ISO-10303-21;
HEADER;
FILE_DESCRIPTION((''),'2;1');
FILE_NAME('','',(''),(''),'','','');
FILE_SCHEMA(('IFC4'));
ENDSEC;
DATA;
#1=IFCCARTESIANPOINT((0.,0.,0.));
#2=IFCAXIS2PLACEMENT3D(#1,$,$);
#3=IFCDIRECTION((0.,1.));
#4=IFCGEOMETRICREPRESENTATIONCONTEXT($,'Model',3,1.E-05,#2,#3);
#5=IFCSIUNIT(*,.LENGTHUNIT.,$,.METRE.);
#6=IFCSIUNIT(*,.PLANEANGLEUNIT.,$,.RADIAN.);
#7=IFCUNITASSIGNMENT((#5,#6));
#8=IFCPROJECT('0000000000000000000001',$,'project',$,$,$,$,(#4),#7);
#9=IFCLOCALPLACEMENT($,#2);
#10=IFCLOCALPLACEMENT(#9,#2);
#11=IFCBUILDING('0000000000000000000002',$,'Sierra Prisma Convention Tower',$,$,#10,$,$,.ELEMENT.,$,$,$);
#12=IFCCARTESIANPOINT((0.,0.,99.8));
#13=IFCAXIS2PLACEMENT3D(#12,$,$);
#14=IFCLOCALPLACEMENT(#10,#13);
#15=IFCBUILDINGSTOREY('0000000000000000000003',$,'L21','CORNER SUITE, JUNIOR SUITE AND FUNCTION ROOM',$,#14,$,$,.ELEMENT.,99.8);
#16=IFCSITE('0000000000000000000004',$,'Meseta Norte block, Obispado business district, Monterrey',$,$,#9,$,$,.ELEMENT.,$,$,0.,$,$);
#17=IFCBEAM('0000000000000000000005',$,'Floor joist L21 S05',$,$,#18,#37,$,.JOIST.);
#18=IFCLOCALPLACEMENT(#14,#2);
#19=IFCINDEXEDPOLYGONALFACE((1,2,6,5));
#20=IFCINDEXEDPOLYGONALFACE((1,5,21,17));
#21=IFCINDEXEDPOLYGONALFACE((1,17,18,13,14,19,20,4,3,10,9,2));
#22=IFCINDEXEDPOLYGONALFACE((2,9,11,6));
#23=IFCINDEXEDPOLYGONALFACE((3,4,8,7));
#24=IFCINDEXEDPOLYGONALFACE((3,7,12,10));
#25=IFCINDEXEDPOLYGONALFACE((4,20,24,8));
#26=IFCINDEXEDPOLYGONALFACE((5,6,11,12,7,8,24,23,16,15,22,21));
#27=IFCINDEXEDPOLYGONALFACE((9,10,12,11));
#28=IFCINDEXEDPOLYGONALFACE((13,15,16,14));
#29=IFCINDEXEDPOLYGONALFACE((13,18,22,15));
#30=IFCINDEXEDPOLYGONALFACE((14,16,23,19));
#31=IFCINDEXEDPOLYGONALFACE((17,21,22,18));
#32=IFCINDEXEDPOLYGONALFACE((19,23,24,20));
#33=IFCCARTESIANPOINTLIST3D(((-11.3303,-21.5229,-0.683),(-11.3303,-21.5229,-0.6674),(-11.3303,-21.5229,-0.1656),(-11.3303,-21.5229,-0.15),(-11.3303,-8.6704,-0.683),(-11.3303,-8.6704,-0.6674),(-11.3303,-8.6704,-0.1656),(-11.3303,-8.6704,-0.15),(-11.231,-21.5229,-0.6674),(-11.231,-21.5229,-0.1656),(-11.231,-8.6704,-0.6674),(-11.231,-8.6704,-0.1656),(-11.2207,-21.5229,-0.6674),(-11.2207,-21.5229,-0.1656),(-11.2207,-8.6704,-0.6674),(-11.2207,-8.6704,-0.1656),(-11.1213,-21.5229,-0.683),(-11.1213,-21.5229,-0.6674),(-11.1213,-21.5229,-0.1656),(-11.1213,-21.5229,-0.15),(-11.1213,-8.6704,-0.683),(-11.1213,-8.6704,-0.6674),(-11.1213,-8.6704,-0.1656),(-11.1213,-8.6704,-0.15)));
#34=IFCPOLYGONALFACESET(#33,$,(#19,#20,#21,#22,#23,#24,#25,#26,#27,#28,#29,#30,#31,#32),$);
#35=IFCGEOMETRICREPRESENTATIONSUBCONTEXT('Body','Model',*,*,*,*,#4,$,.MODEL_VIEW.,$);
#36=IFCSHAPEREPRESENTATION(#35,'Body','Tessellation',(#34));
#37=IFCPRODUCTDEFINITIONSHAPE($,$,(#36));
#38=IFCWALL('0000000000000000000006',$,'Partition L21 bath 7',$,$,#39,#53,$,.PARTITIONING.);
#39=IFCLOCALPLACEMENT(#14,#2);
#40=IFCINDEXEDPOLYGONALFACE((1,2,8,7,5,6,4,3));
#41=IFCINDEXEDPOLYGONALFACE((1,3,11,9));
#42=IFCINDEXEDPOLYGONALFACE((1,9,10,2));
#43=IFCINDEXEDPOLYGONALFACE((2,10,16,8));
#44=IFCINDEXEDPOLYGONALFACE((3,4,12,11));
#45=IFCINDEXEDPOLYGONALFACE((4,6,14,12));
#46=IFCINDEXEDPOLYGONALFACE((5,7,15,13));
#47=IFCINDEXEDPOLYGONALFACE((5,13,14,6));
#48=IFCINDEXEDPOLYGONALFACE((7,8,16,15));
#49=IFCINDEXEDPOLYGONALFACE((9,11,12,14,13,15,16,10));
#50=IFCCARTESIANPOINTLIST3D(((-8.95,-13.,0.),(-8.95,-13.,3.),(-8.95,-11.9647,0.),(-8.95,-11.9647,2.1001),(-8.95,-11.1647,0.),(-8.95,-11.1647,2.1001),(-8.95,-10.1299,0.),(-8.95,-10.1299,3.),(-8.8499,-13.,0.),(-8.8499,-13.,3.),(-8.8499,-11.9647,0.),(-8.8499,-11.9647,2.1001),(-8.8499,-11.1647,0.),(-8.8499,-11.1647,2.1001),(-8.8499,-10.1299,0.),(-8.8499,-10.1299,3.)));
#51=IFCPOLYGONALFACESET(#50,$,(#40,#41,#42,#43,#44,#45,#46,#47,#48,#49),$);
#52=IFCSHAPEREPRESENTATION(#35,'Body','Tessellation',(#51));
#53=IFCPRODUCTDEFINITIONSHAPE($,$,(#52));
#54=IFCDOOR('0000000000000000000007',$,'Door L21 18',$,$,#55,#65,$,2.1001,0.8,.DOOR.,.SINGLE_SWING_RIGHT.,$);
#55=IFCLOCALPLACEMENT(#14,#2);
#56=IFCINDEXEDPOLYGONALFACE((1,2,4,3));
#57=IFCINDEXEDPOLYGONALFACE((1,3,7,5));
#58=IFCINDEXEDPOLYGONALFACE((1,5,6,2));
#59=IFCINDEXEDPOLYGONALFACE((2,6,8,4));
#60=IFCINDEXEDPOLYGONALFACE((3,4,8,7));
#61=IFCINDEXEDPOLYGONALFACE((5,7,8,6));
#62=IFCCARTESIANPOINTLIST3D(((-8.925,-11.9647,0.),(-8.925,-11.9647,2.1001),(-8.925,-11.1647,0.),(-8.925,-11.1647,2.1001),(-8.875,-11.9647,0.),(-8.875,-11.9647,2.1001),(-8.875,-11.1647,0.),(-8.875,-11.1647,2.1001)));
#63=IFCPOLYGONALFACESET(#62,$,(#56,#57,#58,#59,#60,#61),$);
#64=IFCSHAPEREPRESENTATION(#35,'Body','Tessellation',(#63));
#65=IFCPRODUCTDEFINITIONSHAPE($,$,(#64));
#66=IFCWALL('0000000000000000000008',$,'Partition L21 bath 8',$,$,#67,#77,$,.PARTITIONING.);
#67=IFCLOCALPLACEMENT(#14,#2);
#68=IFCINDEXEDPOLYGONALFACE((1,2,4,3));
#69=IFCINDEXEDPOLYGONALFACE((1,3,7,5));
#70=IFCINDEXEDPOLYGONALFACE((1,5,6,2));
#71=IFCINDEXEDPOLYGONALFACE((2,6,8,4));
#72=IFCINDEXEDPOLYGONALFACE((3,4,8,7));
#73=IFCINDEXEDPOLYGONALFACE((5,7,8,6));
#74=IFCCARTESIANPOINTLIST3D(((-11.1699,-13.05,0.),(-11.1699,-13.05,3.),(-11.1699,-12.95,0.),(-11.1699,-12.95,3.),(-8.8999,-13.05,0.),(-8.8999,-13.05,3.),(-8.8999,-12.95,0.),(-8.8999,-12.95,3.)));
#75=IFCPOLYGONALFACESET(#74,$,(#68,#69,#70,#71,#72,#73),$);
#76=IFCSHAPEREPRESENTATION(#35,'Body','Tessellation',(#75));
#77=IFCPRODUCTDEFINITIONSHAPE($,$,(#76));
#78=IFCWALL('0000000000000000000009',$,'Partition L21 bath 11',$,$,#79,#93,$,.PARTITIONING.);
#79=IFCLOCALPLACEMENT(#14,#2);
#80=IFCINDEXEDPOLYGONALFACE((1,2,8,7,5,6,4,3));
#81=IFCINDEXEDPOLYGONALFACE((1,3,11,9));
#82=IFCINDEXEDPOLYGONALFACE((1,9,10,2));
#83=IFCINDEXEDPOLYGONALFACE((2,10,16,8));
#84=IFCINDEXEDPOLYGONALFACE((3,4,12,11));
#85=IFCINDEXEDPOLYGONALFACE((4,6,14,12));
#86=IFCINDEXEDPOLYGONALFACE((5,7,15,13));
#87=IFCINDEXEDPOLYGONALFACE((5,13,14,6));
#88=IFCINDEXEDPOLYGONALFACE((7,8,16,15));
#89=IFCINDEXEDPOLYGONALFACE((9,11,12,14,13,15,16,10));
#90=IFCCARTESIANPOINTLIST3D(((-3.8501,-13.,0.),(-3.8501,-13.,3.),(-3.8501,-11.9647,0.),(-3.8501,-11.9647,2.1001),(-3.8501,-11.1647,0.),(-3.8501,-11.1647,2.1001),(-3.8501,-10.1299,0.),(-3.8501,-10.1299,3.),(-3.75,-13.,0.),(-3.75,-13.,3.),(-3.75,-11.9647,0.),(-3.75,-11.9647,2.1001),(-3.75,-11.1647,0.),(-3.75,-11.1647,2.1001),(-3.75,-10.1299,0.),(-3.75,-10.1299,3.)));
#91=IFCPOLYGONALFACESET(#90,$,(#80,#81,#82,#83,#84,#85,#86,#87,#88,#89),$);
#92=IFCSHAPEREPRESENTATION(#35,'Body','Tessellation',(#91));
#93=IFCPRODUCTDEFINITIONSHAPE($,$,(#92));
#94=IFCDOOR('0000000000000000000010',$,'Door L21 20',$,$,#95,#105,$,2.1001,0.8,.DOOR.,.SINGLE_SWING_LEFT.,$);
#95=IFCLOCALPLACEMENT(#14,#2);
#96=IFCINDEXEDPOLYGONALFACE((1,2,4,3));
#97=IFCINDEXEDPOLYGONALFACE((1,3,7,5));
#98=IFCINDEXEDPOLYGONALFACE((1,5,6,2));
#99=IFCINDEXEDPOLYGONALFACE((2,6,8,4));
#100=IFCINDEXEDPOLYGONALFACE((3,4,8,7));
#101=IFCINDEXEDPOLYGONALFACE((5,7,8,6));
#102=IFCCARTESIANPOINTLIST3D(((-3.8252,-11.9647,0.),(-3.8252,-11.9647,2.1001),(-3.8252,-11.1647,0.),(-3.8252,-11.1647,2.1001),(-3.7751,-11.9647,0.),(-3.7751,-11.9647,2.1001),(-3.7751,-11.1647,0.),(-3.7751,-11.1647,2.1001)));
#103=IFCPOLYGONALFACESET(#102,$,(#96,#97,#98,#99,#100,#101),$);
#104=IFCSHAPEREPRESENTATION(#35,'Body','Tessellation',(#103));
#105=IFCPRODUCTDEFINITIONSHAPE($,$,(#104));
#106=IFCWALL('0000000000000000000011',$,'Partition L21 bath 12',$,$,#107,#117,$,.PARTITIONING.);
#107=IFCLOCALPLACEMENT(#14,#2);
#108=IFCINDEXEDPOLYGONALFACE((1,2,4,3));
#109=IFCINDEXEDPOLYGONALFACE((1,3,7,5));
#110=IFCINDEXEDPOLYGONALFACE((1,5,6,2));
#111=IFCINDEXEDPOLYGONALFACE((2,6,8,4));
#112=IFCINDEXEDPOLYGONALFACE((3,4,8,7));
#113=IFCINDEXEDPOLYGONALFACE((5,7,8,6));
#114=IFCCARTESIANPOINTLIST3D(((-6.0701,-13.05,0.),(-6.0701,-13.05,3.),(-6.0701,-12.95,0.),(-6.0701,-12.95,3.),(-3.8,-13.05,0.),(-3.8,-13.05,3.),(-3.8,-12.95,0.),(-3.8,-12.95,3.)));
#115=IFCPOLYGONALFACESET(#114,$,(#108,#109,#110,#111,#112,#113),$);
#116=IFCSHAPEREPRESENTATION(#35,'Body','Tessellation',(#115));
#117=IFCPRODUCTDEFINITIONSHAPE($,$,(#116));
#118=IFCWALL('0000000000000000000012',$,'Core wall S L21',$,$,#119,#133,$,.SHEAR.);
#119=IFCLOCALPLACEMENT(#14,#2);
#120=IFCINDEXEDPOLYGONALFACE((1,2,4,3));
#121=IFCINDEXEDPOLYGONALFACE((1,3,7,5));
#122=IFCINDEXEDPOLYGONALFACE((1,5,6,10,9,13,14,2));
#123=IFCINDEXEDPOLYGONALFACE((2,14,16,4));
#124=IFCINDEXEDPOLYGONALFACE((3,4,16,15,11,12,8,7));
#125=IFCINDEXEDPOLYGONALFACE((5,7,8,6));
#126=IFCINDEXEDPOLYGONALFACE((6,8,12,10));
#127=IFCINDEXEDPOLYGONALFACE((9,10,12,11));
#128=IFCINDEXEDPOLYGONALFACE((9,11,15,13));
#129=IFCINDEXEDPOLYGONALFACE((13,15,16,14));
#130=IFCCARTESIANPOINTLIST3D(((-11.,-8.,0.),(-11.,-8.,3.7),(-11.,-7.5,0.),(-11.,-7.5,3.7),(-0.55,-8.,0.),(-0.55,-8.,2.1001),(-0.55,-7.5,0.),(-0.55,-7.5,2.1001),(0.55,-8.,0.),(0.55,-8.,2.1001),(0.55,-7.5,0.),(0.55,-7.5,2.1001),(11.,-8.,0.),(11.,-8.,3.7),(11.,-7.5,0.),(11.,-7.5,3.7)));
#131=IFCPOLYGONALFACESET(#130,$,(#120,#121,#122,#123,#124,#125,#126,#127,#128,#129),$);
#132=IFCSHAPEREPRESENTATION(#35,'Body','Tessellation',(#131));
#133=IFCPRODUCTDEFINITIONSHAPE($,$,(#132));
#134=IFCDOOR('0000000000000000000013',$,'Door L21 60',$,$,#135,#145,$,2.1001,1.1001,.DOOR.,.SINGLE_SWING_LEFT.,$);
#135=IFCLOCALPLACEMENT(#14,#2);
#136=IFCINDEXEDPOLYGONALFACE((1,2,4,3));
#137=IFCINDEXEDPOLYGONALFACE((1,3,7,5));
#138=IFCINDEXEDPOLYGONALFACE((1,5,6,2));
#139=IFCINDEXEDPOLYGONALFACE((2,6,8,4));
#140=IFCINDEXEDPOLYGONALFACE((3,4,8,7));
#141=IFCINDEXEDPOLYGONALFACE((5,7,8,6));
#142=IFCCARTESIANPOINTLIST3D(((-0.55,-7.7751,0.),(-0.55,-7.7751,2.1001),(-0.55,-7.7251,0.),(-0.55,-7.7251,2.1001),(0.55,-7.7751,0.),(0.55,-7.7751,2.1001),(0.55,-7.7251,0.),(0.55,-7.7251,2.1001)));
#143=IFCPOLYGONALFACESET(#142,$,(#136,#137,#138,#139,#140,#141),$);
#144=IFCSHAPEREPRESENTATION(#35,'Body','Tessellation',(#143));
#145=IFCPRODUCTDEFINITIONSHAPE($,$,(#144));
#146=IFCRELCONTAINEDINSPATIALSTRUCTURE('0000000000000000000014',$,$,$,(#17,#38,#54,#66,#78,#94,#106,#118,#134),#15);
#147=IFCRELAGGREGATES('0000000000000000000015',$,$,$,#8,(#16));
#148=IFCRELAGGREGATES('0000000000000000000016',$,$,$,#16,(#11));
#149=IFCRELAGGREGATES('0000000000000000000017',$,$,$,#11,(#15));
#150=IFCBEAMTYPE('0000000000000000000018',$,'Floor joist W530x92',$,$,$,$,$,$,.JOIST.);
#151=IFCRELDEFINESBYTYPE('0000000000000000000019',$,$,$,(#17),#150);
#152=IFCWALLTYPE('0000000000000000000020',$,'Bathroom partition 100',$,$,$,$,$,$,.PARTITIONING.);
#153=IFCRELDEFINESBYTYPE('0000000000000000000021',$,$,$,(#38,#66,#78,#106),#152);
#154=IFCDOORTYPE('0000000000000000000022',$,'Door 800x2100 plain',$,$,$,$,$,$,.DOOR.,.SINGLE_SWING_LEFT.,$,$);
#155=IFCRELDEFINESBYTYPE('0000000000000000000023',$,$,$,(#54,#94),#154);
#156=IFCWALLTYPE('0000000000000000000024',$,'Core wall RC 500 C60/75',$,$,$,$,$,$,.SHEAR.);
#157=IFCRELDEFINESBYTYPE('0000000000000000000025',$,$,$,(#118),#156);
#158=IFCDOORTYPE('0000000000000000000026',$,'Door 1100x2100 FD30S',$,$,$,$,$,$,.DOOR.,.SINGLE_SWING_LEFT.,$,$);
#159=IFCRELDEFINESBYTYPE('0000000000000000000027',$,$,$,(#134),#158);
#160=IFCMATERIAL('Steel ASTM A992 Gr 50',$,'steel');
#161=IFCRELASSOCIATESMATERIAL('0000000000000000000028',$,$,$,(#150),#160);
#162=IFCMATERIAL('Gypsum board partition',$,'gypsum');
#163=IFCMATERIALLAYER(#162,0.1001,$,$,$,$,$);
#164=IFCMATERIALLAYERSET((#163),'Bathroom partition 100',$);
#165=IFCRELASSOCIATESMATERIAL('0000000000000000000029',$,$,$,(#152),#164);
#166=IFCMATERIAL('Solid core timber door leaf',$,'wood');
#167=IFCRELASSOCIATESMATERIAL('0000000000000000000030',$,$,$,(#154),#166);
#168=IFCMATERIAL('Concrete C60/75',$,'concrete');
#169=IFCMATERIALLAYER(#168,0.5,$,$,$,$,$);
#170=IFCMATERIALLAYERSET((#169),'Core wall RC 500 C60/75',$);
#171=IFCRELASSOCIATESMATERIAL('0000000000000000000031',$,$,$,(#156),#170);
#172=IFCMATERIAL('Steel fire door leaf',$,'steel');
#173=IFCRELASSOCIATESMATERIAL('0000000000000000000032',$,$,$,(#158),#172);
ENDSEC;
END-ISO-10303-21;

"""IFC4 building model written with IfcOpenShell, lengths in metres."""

from ifc_helpers import new_model, si_unit, direction, frame, frame_2d, origin, origin_2d, place, context, subcontext, project, spatial, rectangle, i_section, extrude, material, layer, layer_set, material_profile, profile_set, type_object, element, fill, save


model = new_model("IFC4")

# Units and contexts
model_context = context("Model", 3, precision=1e-05, world=origin(), true_north=direction((0.0, 1.0)))
body_context = subcontext(model_context, "Body", "Model", "MODEL_VIEW")
ifc_project = project(units=[si_unit("LENGTHUNIT", "METRE"), si_unit("PLANEANGLEUNIT", "RADIAN")], contexts=[model_context])

# Site, building, storey
site_placement = place(None, origin())
site = spatial("IfcSite", under=ifc_project, at=site_placement, Name="Meseta Norte block, Obispado business district, Monterrey", CompositionType="ELEMENT", RefElevation=0.0)
building_placement = place(site_placement, origin())
building = spatial("IfcBuilding", under=site, at=building_placement, Name="Sierra Prisma Convention Tower", CompositionType="ELEMENT")
storey_placement = place(building_placement, frame((0.0, 0.0, 99.8)))
storey = spatial("IfcBuildingStorey", under=building, at=storey_placement, Name="L21", Description="CORNER SUITE, JUNIOR SUITE AND FUNCTION ROOM", CompositionType="ELEMENT", Elevation=99.8)

# Beam
ifc_material_1 = material(Name="Steel ASTM A992 Gr 50", Category="steel")
ifc_material_profile = material_profile(ifc_material_1, i_section(OverallWidth=0.209, OverallDepth=0.533, WebThickness=0.0103, FlangeThickness=0.0156, at=origin_2d()), Name="W530x92")
ifc_profile_set = profile_set([ifc_material_profile], Name="Steel ASTM A992 Gr 50")
beam_type = type_object("IfcBeamType", Name="Floor joist W530x92", PredefinedType="JOIST", material=ifc_profile_set)
beam_placement = place(storey_placement, frame((-11.2258, -21.5229, -0.4165), z_axis=(0.0, 1.0, 0.0), x_axis=(-1.0, 0.0, 0.0)))
element("IfcBeam", 1, at=beam_placement, inside=storey, type_object=beam_type, Name="Floor joist L21 S05", PredefinedType="JOIST", context=body_context, shape_type="SweptSolid", body=[
    extrude(i_section(OverallWidth=0.209, OverallDepth=0.533, WebThickness=0.0103, FlangeThickness=0.0156, at=origin_2d()), origin(), (0.0, 0.0, 1.0), 12.8525),
])

# Wall, opening, door
ifc_material_2 = material(Name="Gypsum board partition", Category="gypsum")
ifc_layer_1 = layer(ifc_material_2, 0.1001)
ifc_layer_set_1 = layer_set([ifc_layer_1], Name="Bathroom partition 100")
wall_type_1 = type_object("IfcWallType", Name="Bathroom partition 100", PredefinedType="PARTITIONING", material=ifc_layer_set_1)
wall_1_placement = place(storey_placement, frame((-8.8999, -10.1299, 0.0), z_axis=(0.0, 0.0, 1.0), x_axis=(0.0, -1.0, 0.0)))
wall_1 = element("IfcWall", 2, at=wall_1_placement, inside=storey, type_object=wall_type_1, Name="Partition L21 bath 7", PredefinedType="PARTITIONING", context=body_context, shape_type="SweptSolid", body=[
    extrude(rectangle(XDim=2.8701, YDim=0.1001, at=frame_2d((1.4351, 0.0))), origin(), (0.0, 0.0, 1.0), 3.0),
])
opening_1_placement = place(wall_1_placement, frame((1.0349, 0.0, 0.0)))
opening_1 = element("IfcOpeningElement", 3, at=opening_1_placement, cuts=wall_1, PredefinedType="OPENING", context=body_context, shape_type="SweptSolid", body=[
    extrude(rectangle(XDim=0.8, YDim=2.1001, at=frame_2d((0.3999, 1.05))), frame((0.0, 0.05, 0.0), z_axis=(0.0, -1.0, 0.0), x_axis=(1.0, 0.0, 0.0)), (0.0, 0.0, 1.0), 0.1001),
])
ifc_material_3 = material(Name="Solid core timber door leaf", Category="wood")
door_type_1 = type_object("IfcDoorType", Name="Door 800x2100 plain", OperationType="SINGLE_SWING_LEFT", PredefinedType="DOOR", material=ifc_material_3)
door_1_placement = place(opening_1_placement, origin())
door_1 = element("IfcDoor", 4, at=door_1_placement, inside=storey, type_object=door_type_1, Name="Door L21 18", OperationType="SINGLE_SWING_RIGHT", OverallHeight=2.1001, OverallWidth=0.8, PredefinedType="DOOR", context=body_context, shape_type="SweptSolid", body=[
    extrude(rectangle(XDim=0.8, YDim=2.1001, at=frame_2d((0.3999, 1.05))), frame((0.0, 0.0249, 0.0), z_axis=(0.0, -1.0, 0.0), x_axis=(1.0, 0.0, 0.0)), (0.0, 0.0, 1.0), 0.05),
])
fill(opening_1, door_1)

# Wall
wall_2_placement = place(storey_placement, frame((-8.8999, -13.0, 0.0), z_axis=(0.0, 0.0, 1.0), x_axis=(-1.0, 0.0, 0.0)))
element("IfcWall", 5, at=wall_2_placement, inside=storey, type_object=wall_type_1, Name="Partition L21 bath 8", PredefinedType="PARTITIONING", context=body_context, shape_type="SweptSolid", body=[
    extrude(rectangle(XDim=2.27, YDim=0.1001, at=frame_2d((1.135, 0.0))), origin(), (0.0, 0.0, 1.0), 3.0),
])

# Wall, opening, door
wall_3_placement = place(storey_placement, frame((-3.8, -10.1299, 0.0), z_axis=(0.0, 0.0, 1.0), x_axis=(0.0, -1.0, 0.0)))
wall_3 = element("IfcWall", 6, at=wall_3_placement, inside=storey, type_object=wall_type_1, Name="Partition L21 bath 11", PredefinedType="PARTITIONING", context=body_context, shape_type="SweptSolid", body=[
    extrude(rectangle(XDim=2.8701, YDim=0.1001, at=frame_2d((1.4351, 0.0))), origin(), (0.0, 0.0, 1.0), 3.0),
])
opening_2_placement = place(wall_3_placement, frame((1.0349, 0.0, 0.0)))
opening_2 = element("IfcOpeningElement", 7, at=opening_2_placement, cuts=wall_3, PredefinedType="OPENING", context=body_context, shape_type="SweptSolid", body=[
    extrude(rectangle(XDim=0.8, YDim=2.1001, at=frame_2d((0.3999, 1.05))), frame((0.0, 0.05, 0.0), z_axis=(0.0, -1.0, 0.0), x_axis=(1.0, 0.0, 0.0)), (0.0, 0.0, 1.0), 0.1001),
])
door_2_placement = place(opening_2_placement, origin())
door_2 = element("IfcDoor", 8, at=door_2_placement, inside=storey, type_object=door_type_1, Name="Door L21 20", OperationType="SINGLE_SWING_LEFT", OverallHeight=2.1001, OverallWidth=0.8, PredefinedType="DOOR", context=body_context, shape_type="SweptSolid", body=[
    extrude(rectangle(XDim=0.8, YDim=2.1001, at=frame_2d((0.3999, 1.05))), frame((0.0, 0.0249, 0.0), z_axis=(0.0, -1.0, 0.0), x_axis=(1.0, 0.0, 0.0)), (0.0, 0.0, 1.0), 0.05),
])
fill(opening_2, door_2)

# Wall
wall_4_placement = place(storey_placement, frame((-3.8, -13.0, 0.0), z_axis=(0.0, 0.0, 1.0), x_axis=(-1.0, 0.0, 0.0)))
element("IfcWall", 9, at=wall_4_placement, inside=storey, type_object=wall_type_1, Name="Partition L21 bath 12", PredefinedType="PARTITIONING", context=body_context, shape_type="SweptSolid", body=[
    extrude(rectangle(XDim=2.27, YDim=0.1001, at=frame_2d((1.135, 0.0))), origin(), (0.0, 0.0, 1.0), 3.0),
])

# Wall, opening, door
ifc_material_4 = material(Name="Concrete C60/75", Category="concrete")
ifc_layer_2 = layer(ifc_material_4, 0.5)
ifc_layer_set_2 = layer_set([ifc_layer_2], Name="Core wall RC 500 C60/75")
wall_type_2 = type_object("IfcWallType", Name="Core wall RC 500 C60/75", PredefinedType="SHEAR", material=ifc_layer_set_2)
wall_5_placement = place(storey_placement, frame((-11.0, -7.75, 0.0), z_axis=(0.0, 0.0, 1.0), x_axis=(1.0, 0.0, 0.0)))
wall_5 = element("IfcWall", 10, at=wall_5_placement, inside=storey, type_object=wall_type_2, Name="Core wall S L21", PredefinedType="SHEAR", context=body_context, shape_type="SweptSolid", body=[
    extrude(rectangle(XDim=22.0, YDim=0.5, at=frame_2d((11.0, 0.0))), origin(), (0.0, 0.0, 1.0), 3.7),
])
opening_3_placement = place(wall_5_placement, frame((10.45, 0.0, 0.0)))
opening_3 = element("IfcOpeningElement", 11, at=opening_3_placement, cuts=wall_5, PredefinedType="OPENING", context=body_context, shape_type="SweptSolid", body=[
    extrude(rectangle(XDim=1.1001, YDim=2.1001, at=frame_2d((0.55, 1.05))), frame((0.0, 0.25, 0.0), z_axis=(0.0, -1.0, 0.0), x_axis=(1.0, 0.0, 0.0)), (0.0, 0.0, 1.0), 0.5),
])
ifc_material_5 = material(Name="Steel fire door leaf", Category="steel")
door_type_2 = type_object("IfcDoorType", Name="Door 1100x2100 FD30S", OperationType="SINGLE_SWING_LEFT", PredefinedType="DOOR", material=ifc_material_5)
door_3_placement = place(opening_3_placement, origin())
door_3 = element("IfcDoor", 12, at=door_3_placement, inside=storey, type_object=door_type_2, Name="Door L21 60", OperationType="SINGLE_SWING_LEFT", OverallHeight=2.1001, OverallWidth=1.1001, PredefinedType="DOOR", context=body_context, shape_type="SweptSolid", body=[
    extrude(rectangle(XDim=1.1001, YDim=2.1001, at=frame_2d((0.55, 1.05))), frame((0.0, 0.0249, 0.0), z_axis=(0.0, -1.0, 0.0), x_axis=(1.0, 0.0, 0.0)), (0.0, 0.0, 1.0), 0.05),
])
fill(opening_3, door_3)

save(model, "model.ifc")
